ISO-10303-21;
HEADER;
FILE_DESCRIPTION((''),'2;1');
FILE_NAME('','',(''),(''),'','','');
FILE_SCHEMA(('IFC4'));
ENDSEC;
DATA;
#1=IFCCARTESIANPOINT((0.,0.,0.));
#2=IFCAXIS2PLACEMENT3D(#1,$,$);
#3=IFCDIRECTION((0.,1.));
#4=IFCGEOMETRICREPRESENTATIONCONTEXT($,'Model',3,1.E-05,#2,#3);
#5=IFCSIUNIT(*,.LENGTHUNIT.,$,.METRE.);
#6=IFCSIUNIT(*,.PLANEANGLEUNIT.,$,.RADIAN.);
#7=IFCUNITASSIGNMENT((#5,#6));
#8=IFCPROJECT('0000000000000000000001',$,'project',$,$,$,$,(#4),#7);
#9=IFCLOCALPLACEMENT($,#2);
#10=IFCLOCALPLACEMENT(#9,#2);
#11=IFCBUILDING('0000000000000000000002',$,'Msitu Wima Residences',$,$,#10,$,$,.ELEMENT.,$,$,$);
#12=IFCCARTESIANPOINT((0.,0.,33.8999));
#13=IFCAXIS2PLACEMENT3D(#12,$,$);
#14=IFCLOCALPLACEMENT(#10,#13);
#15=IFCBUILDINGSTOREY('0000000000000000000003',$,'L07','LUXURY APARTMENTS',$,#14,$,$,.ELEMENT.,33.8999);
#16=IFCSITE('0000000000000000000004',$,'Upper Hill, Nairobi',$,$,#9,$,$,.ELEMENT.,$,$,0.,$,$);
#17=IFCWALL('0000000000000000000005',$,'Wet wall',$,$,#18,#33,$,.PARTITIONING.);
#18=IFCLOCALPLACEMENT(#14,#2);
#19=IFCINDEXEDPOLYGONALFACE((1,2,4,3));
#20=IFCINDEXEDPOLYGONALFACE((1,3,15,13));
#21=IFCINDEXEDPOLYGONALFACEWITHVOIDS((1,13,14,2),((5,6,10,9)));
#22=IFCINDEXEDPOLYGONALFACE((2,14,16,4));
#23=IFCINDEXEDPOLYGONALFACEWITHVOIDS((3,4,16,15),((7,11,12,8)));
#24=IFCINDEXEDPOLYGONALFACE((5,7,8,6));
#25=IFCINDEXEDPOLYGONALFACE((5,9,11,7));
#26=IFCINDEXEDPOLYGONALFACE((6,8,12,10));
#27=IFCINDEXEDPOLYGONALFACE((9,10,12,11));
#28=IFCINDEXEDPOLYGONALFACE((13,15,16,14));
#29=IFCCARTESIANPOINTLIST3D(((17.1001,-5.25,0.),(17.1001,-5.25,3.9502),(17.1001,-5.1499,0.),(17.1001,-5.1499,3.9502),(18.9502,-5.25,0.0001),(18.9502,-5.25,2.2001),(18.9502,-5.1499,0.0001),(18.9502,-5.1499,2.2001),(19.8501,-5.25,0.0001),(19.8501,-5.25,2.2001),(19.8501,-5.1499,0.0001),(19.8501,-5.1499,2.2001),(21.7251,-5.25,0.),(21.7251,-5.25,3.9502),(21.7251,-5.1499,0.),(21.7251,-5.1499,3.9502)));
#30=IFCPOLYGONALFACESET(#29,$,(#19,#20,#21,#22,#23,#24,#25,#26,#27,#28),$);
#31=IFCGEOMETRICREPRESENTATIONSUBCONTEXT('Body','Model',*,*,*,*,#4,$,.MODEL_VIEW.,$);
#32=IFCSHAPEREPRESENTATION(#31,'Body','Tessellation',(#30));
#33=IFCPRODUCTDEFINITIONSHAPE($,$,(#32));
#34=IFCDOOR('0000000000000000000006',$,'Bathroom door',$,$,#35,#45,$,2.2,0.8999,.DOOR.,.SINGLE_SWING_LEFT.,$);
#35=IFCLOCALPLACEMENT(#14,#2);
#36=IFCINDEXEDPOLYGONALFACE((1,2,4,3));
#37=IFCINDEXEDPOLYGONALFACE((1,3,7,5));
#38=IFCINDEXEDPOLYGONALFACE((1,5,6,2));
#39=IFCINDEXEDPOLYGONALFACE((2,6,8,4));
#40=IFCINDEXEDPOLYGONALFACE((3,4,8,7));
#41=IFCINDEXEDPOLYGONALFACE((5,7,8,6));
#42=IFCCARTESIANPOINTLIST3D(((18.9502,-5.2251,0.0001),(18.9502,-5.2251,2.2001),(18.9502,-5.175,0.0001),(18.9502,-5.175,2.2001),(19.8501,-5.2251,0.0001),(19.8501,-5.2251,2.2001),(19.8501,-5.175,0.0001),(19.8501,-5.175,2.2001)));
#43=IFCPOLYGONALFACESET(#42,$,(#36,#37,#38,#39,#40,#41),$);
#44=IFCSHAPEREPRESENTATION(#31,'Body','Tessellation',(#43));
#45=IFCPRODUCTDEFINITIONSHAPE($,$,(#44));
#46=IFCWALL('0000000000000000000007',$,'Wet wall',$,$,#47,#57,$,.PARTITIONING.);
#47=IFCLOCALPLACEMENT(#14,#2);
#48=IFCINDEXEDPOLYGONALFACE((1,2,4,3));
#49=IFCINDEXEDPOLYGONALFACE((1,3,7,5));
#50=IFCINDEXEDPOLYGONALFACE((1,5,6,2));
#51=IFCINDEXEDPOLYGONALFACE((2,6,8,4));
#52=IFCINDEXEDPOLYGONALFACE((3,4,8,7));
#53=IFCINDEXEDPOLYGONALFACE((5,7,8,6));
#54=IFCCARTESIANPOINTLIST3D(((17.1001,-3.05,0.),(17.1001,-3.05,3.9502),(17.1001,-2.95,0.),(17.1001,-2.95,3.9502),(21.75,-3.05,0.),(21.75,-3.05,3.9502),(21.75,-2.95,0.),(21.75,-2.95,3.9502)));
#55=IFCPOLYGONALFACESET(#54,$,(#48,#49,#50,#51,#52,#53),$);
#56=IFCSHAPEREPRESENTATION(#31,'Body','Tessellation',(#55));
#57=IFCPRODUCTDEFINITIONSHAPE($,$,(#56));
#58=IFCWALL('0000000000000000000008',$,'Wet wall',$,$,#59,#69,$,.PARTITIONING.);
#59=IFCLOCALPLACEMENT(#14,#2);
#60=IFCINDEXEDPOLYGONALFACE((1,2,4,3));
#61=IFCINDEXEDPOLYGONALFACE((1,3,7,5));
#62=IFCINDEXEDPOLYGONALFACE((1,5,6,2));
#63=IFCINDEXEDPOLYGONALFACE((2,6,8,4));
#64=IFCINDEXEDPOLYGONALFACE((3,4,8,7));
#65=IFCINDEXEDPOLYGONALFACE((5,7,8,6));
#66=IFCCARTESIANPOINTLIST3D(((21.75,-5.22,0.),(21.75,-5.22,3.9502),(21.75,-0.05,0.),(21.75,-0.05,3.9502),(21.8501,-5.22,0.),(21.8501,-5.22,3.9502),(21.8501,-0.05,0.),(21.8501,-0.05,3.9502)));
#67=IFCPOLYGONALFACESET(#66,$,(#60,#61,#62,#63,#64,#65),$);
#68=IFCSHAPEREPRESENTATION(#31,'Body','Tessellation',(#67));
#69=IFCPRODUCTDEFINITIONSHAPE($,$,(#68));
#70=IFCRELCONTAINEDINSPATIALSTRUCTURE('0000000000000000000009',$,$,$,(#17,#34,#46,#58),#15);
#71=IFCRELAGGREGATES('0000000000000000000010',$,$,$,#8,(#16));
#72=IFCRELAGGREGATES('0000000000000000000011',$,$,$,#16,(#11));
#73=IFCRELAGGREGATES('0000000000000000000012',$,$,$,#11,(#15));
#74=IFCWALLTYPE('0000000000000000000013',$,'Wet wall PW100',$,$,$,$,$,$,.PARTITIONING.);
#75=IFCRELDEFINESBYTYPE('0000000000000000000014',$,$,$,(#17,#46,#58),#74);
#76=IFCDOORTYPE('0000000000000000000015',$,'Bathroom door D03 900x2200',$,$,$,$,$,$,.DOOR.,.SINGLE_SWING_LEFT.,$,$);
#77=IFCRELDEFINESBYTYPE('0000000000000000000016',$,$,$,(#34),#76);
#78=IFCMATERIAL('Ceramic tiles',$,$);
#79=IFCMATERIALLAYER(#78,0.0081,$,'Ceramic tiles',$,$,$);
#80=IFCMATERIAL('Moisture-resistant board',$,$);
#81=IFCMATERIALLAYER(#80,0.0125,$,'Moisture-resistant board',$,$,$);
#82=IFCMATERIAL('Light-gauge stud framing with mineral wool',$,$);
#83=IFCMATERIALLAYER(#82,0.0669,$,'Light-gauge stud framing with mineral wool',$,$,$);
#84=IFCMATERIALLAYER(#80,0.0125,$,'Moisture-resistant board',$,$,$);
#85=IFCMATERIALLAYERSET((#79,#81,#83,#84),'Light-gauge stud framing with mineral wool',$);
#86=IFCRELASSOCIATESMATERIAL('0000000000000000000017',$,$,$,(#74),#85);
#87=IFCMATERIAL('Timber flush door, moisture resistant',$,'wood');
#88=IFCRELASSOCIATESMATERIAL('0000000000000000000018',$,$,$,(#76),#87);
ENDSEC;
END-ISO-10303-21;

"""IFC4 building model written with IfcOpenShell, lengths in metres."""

from ifc_helpers import new_model, si_unit, direction, frame, frame_2d, origin, place, context, subcontext, project, spatial, rectangle, extrude, material, layer, layer_set, type_object, element, fill, save


model = new_model("IFC4")

# Units and contexts
model_context = context("Model", 3, precision=1e-05, world=origin(), true_north=direction((0.0, 1.0)))
body_context = subcontext(model_context, "Body", "Model", "MODEL_VIEW")
ifc_project = project(units=[si_unit("LENGTHUNIT", "METRE"), si_unit("PLANEANGLEUNIT", "RADIAN")], contexts=[model_context])

# Site, building, storey
site_placement = place(None, origin())
site = spatial("IfcSite", under=ifc_project, at=site_placement, Name="Upper Hill, Nairobi", CompositionType="ELEMENT", RefElevation=0.0)
building_placement = place(site_placement, origin())
building = spatial("IfcBuilding", under=site, at=building_placement, Name="Msitu Wima Residences", CompositionType="ELEMENT")
storey_placement = place(building_placement, frame((0.0, 0.0, 33.8999)))
storey = spatial("IfcBuildingStorey", under=building, at=storey_placement, Name="L07", Description="LUXURY APARTMENTS", CompositionType="ELEMENT", Elevation=33.8999)

# Wall, opening, door
ifc_material_1 = material(Name="Ceramic tiles")
ifc_layer_1 = layer(ifc_material_1, 0.0081, Name="Ceramic tiles")
ifc_material_2 = material(Name="Moisture-resistant board")
ifc_layer_2 = layer(ifc_material_2, 0.0125, Name="Moisture-resistant board")
ifc_material_3 = material(Name="Light-gauge stud framing with mineral wool")
ifc_layer_3 = layer(ifc_material_3, 0.0669, Name="Light-gauge stud framing with mineral wool")
ifc_layer_4 = layer(ifc_material_2, 0.0125, Name="Moisture-resistant board")
ifc_layer_set_1 = layer_set([ifc_layer_1, ifc_layer_2, ifc_layer_3, ifc_layer_4], Name="Light-gauge stud framing with mineral wool")
wall_type_1 = type_object("IfcWallType", Name="Wet wall PW100", PredefinedType="PARTITIONING", material=ifc_layer_set_1)
wall_1_placement = place(storey_placement, frame((17.1001, -5.2, 0.0), z_axis=(0.0, 0.0, 1.0), x_axis=(1.0, 0.0, 0.0)))
wall_1 = element("IfcWall", 1, at=wall_1_placement, inside=storey, type_object=wall_type_1, Name="Wet wall", PredefinedType="PARTITIONING", context=body_context, shape_type="SweptSolid", body=[
    extrude(rectangle(XDim=4.625, YDim=0.1001, at=frame_2d((2.3125, 0.0))), origin(), (0.0, 0.0, 1.0), 3.9502),
])
opening_1_placement = place(wall_1_placement, frame((1.8501, 0.0, 0.0)))
opening_1 = element("IfcOpeningElement", 2, at=opening_1_placement, cuts=wall_1, PredefinedType="OPENING", context=body_context, shape_type="SweptSolid", body=[
    extrude(rectangle(XDim=0.8999, YDim=2.2, at=frame_2d((0.45, 1.1001))), frame((0.0, 0.0601, 0.0), z_axis=(0.0, -1.0, 0.0), x_axis=(1.0, 0.0, 0.0)), (0.0, 0.0, 1.0), 0.1201),
])
ifc_material_4 = material(Name="Timber flush door, moisture resistant", Category="wood")
door_type_1 = type_object("IfcDoorType", Name="Bathroom door D03 900x2200", OperationType="SINGLE_SWING_LEFT", PredefinedType="DOOR", material=ifc_material_4)
door_1_placement = place(opening_1_placement, origin())
door_1 = element("IfcDoor", 3, at=door_1_placement, inside=storey, type_object=door_type_1, Name="Bathroom door", OperationType="SINGLE_SWING_LEFT", OverallHeight=2.2, OverallWidth=0.8999, PredefinedType="DOOR", context=body_context, shape_type="SweptSolid", body=[
    extrude(rectangle(XDim=0.8999, YDim=2.2, at=frame_2d((0.45, 1.1001))), frame((0.0, 0.0249, 0.0), z_axis=(0.0, -1.0, 0.0), x_axis=(1.0, 0.0, 0.0)), (0.0, 0.0, 1.0), 0.05),
])
fill(opening_1, door_1)

# Walls
wall_2_placement = place(storey_placement, frame((17.1001, -3.0, 0.0), z_axis=(0.0, 0.0, 1.0), x_axis=(1.0, 0.0, 0.0)))
element("IfcWall", 4, at=wall_2_placement, inside=storey, type_object=wall_type_1, Name="Wet wall", PredefinedType="PARTITIONING", context=body_context, shape_type="SweptSolid", body=[
    extrude(rectangle(XDim=4.6499, YDim=0.1001, at=frame_2d((2.325, 0.0))), origin(), (0.0, 0.0, 1.0), 3.9502),
])
wall_3_placement = place(storey_placement, frame((21.8, -5.22, 0.0), z_axis=(0.0, 0.0, 1.0), x_axis=(0.0, 1.0, 0.0)))
element("IfcWall", 5, at=wall_3_placement, inside=storey, type_object=wall_type_1, Name="Wet wall", PredefinedType="PARTITIONING", context=body_context, shape_type="SweptSolid", body=[
    extrude(rectangle(XDim=5.1699, YDim=0.1001, at=frame_2d((2.585, 0.0))), origin(), (0.0, 0.0, 1.0), 3.9502),
])

save(model, "model.ifc")
